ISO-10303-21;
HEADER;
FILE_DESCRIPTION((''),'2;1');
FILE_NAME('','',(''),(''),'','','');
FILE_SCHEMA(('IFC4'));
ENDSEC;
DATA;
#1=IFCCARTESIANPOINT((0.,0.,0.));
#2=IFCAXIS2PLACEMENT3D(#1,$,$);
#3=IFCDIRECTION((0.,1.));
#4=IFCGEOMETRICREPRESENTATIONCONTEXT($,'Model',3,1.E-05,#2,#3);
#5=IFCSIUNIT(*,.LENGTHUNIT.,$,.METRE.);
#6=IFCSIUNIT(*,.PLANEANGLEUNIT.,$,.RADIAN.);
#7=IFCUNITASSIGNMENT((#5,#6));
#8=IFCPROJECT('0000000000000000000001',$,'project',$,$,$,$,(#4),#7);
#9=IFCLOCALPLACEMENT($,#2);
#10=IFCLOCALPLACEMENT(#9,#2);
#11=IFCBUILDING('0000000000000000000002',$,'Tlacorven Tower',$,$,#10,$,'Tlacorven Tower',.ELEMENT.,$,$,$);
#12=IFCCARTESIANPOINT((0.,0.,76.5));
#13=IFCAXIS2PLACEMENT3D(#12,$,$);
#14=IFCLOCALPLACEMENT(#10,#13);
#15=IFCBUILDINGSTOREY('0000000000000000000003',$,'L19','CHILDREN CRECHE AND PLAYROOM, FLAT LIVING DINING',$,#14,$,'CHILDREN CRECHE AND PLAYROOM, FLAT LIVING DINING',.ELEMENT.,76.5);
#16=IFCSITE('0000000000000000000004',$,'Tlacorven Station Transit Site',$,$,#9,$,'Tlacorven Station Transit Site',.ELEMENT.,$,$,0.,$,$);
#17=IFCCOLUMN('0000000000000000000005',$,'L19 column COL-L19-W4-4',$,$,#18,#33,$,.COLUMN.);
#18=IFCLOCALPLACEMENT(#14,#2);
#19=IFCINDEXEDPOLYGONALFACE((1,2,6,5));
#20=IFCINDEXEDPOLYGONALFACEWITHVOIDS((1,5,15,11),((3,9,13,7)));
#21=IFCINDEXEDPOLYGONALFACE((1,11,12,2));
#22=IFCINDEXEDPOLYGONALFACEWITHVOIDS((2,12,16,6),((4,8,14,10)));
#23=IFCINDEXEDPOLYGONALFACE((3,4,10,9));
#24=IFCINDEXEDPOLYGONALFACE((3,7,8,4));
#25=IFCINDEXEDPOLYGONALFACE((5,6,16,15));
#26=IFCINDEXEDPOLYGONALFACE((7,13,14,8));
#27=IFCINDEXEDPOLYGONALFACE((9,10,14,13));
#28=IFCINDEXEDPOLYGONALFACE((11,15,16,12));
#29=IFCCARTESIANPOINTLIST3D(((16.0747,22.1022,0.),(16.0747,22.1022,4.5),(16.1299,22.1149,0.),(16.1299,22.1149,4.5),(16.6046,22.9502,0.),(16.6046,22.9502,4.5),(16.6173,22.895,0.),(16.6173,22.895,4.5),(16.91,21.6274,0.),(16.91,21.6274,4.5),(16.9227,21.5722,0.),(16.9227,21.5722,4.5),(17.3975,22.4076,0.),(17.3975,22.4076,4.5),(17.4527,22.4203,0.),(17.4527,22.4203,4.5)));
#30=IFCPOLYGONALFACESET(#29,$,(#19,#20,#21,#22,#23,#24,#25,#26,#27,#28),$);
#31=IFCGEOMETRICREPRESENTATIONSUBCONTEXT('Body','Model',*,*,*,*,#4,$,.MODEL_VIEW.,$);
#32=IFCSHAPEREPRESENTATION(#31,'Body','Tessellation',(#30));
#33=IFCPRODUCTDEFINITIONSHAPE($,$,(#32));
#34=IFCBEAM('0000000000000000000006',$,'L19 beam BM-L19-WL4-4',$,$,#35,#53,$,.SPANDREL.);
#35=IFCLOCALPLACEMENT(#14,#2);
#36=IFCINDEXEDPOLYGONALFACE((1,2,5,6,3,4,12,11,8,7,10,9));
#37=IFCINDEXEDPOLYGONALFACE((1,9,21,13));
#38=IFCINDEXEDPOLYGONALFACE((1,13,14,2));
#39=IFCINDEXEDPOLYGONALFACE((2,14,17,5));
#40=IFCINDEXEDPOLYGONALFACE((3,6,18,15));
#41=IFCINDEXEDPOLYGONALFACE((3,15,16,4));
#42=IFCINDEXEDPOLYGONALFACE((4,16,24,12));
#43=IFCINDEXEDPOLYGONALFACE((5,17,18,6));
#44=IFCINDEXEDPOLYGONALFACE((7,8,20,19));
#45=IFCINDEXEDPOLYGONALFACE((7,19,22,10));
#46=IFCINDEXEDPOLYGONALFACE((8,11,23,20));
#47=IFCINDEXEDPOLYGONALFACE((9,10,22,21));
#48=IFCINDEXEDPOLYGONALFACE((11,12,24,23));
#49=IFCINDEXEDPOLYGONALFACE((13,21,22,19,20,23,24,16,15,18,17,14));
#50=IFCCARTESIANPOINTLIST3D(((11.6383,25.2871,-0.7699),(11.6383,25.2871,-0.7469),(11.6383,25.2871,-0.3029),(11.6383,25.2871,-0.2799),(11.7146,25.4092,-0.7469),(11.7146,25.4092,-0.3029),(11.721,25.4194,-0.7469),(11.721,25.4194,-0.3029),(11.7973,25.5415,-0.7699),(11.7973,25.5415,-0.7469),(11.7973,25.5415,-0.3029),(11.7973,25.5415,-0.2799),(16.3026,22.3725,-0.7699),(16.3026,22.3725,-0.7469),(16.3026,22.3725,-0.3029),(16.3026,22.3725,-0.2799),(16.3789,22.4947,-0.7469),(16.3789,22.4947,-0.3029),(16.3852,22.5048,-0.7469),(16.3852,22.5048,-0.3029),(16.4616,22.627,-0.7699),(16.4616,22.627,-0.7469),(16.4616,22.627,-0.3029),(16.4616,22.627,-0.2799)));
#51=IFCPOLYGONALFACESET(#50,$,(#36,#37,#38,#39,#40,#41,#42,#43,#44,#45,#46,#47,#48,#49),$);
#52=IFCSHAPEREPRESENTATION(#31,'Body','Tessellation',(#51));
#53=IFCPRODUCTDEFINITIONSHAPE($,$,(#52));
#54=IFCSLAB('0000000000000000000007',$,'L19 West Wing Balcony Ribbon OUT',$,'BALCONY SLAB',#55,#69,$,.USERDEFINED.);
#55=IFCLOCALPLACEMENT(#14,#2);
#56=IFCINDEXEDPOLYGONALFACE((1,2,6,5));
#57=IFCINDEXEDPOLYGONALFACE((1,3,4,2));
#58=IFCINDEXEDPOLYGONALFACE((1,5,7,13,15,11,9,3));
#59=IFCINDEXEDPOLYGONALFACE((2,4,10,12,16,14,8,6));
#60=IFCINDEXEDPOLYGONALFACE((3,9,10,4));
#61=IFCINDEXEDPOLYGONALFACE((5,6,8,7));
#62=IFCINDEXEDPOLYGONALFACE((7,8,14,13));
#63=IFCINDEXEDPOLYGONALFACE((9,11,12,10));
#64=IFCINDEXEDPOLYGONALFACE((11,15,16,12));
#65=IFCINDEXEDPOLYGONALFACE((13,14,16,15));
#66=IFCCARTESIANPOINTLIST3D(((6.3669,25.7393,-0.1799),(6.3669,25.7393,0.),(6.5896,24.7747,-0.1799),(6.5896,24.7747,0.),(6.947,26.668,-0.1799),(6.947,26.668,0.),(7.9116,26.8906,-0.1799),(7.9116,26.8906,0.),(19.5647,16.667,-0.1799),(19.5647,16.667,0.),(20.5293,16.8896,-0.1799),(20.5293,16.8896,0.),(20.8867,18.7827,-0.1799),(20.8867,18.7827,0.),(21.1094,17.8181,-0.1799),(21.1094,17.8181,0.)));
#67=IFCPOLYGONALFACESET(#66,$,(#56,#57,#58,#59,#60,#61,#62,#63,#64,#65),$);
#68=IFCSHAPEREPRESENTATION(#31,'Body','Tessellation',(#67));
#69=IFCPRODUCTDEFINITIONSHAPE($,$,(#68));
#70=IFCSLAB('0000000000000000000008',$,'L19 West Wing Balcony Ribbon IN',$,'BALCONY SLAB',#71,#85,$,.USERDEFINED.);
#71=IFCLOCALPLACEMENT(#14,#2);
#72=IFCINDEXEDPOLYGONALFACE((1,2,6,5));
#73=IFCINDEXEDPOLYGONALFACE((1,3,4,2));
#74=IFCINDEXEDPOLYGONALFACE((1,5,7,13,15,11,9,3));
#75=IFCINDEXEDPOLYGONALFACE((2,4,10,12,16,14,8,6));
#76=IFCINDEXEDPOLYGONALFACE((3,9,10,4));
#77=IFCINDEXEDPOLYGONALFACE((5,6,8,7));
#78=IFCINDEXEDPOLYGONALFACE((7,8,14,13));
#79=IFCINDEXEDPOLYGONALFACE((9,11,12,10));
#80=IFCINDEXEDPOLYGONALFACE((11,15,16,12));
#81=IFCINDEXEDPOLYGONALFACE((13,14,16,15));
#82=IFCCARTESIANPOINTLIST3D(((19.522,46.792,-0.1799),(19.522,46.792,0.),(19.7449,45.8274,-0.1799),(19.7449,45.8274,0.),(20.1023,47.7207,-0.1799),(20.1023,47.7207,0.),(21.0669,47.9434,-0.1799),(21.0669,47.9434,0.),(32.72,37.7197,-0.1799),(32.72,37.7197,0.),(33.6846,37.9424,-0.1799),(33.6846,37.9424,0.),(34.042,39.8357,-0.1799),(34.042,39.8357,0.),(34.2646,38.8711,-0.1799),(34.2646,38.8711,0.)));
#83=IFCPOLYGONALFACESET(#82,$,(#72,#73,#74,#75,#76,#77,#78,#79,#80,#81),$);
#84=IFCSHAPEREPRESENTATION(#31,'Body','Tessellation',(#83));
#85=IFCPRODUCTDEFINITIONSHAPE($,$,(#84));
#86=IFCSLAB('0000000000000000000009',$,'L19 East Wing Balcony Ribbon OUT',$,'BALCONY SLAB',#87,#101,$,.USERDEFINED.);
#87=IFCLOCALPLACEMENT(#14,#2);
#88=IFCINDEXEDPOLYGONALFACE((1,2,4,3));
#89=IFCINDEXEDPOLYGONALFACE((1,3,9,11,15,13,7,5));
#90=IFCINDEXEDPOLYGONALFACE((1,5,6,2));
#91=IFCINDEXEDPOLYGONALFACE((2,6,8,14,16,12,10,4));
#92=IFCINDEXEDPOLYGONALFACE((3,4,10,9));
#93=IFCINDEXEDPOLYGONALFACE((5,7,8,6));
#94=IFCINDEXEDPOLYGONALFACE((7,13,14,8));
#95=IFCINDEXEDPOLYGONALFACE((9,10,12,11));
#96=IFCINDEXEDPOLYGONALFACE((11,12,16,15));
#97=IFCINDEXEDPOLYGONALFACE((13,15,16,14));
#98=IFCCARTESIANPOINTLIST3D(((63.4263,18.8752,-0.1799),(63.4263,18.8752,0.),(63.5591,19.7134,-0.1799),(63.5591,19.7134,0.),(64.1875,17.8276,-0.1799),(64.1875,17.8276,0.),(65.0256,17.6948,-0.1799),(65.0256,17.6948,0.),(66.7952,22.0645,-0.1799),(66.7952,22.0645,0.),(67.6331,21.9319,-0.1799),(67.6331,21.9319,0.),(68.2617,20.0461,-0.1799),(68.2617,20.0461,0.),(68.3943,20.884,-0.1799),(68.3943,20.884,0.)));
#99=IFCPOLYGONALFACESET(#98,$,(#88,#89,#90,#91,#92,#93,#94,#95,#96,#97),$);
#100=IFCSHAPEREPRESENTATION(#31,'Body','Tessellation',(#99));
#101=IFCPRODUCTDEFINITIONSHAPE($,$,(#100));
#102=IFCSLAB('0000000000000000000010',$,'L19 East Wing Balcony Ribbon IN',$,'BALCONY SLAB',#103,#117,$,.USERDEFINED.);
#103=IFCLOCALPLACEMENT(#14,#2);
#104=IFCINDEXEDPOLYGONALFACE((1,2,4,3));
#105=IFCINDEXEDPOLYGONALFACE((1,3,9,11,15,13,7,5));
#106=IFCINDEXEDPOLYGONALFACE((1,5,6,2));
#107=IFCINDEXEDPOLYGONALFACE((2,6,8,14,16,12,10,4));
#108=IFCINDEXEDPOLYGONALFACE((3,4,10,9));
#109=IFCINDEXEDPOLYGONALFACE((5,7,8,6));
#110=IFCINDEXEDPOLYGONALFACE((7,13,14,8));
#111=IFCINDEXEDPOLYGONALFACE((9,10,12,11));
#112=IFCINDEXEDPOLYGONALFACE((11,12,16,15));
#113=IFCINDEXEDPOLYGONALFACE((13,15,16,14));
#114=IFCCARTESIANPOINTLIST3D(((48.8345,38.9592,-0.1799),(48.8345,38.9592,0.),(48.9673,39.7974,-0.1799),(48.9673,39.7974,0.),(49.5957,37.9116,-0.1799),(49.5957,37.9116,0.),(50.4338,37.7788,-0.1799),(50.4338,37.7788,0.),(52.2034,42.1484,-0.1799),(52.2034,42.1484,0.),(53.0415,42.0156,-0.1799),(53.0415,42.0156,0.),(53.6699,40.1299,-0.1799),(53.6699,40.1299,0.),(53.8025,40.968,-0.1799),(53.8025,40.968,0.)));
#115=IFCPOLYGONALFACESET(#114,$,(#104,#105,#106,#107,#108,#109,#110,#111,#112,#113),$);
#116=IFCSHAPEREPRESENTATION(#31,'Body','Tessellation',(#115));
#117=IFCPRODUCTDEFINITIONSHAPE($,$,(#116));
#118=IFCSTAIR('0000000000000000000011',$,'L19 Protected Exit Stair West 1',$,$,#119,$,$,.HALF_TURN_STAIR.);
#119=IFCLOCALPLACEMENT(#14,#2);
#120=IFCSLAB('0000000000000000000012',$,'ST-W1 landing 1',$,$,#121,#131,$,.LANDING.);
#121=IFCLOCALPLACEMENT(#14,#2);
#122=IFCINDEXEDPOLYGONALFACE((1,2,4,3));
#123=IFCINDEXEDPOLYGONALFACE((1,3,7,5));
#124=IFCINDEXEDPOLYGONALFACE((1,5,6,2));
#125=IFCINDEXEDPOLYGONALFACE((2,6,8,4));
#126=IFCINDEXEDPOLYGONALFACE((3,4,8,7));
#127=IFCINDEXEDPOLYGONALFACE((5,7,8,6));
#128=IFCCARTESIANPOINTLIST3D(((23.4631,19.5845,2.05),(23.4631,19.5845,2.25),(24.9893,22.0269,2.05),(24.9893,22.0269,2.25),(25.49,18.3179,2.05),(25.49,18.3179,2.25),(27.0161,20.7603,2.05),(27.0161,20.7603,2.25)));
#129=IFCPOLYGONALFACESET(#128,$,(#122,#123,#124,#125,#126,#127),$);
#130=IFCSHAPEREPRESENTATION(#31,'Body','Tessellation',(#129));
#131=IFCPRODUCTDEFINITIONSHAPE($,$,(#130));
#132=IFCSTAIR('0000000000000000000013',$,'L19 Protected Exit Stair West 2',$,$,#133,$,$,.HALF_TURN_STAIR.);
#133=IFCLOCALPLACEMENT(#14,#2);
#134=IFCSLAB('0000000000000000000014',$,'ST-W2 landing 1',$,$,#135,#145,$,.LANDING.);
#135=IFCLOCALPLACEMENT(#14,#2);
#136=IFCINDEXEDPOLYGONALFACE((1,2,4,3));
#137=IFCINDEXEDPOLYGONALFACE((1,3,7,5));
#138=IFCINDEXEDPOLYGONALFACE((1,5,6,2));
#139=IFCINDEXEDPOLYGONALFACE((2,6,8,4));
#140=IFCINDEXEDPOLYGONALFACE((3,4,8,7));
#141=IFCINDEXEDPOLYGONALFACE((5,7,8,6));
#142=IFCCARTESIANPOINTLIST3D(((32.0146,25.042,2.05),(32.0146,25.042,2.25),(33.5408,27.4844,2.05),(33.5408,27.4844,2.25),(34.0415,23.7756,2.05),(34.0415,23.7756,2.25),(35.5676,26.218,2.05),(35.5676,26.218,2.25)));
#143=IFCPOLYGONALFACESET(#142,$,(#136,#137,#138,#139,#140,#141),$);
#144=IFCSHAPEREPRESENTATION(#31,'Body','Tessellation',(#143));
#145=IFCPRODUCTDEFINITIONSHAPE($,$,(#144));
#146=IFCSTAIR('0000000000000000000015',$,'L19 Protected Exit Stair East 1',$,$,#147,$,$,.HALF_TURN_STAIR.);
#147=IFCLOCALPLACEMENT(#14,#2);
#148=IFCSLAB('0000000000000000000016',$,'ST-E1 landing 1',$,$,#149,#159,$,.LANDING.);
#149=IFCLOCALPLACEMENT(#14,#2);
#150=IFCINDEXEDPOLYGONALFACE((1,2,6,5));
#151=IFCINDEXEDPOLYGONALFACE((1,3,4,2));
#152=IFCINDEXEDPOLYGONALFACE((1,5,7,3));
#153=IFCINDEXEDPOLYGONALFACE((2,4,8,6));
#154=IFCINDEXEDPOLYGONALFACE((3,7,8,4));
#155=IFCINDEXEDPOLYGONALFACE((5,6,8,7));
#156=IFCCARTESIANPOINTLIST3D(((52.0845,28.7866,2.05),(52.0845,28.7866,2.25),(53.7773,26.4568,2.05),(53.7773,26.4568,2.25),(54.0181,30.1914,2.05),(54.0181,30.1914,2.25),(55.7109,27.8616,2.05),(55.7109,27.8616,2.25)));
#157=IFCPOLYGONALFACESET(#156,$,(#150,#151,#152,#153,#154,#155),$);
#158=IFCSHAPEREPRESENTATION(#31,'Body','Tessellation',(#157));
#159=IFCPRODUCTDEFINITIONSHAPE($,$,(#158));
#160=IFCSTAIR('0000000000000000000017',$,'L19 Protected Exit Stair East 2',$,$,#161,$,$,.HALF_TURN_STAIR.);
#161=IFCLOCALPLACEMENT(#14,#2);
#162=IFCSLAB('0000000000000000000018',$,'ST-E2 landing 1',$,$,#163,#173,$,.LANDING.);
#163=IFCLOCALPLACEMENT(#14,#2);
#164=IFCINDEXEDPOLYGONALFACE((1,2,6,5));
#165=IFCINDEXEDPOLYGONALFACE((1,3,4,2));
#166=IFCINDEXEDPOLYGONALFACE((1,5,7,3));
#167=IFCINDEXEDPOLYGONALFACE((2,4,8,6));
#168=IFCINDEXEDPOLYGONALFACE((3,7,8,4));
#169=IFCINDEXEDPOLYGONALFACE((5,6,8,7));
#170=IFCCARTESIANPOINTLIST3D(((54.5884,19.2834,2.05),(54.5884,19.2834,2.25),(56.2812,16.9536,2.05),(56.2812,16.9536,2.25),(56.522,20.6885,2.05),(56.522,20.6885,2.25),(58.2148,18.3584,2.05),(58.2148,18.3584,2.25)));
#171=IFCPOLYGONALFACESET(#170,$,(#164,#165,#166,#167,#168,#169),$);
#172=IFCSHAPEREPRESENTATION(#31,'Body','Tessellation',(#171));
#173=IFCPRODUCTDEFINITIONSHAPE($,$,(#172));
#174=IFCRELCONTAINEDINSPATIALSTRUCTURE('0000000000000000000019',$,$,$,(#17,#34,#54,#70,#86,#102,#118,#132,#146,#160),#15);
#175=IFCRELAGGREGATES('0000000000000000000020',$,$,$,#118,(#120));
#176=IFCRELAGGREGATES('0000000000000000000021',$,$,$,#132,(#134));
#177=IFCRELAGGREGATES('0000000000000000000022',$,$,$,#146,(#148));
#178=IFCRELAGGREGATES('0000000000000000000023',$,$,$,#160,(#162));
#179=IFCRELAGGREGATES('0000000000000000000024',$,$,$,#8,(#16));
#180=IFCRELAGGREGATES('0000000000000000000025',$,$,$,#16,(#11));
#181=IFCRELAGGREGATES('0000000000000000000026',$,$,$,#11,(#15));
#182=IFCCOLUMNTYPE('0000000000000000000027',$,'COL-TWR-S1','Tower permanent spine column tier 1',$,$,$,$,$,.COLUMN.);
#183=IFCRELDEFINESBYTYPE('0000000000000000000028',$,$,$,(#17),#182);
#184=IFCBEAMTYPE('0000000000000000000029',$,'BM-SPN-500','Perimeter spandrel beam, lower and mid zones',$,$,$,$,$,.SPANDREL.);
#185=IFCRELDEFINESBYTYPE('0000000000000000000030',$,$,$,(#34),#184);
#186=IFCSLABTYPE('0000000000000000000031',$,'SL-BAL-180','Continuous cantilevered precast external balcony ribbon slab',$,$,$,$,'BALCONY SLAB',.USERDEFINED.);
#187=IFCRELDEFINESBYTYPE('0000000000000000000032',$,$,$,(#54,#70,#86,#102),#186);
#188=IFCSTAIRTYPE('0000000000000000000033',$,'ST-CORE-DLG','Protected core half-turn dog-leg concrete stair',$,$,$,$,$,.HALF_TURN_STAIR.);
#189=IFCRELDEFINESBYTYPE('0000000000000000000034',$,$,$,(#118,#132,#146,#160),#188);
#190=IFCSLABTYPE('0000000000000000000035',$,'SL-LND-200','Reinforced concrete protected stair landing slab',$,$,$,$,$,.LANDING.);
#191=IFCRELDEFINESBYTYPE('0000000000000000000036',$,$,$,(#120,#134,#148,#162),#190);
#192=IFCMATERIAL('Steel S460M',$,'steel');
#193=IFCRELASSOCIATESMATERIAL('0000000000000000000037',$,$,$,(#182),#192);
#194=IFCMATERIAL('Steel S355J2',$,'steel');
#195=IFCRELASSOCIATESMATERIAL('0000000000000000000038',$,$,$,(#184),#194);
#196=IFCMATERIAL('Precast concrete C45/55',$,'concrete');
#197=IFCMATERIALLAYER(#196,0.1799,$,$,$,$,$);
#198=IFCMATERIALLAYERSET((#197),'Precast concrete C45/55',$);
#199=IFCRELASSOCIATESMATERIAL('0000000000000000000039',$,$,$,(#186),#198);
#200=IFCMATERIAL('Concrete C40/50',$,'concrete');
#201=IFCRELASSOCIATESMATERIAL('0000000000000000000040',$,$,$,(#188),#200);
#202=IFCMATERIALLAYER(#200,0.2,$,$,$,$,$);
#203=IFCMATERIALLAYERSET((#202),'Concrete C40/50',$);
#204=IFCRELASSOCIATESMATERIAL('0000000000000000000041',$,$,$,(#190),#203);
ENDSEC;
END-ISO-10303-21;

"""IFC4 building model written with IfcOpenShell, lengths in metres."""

from ifc_helpers import new_model, si_unit, direction, frame, origin, origin_2d, place, context, subcontext, project, spatial, polyline, hollow_rectangle, i_section, outline, extrude, source, transform, mapped, material, layer, layer_set, material_profile, profile_set, type_object, element, aggregate, save


model = new_model("IFC4")

# Units and contexts
model_context = context("Model", 3, precision=1e-05, world=origin(), true_north=direction((0.0, 1.0)))
body_context = subcontext(model_context, "Body", "Model", "MODEL_VIEW")
ifc_project = project(units=[si_unit("LENGTHUNIT", "METRE"), si_unit("PLANEANGLEUNIT", "RADIAN")], contexts=[model_context])

# Site, building, storey
site_placement = place(None, origin())
site = spatial("IfcSite", under=ifc_project, at=site_placement, Name="Tlacorven Station Transit Site", LongName="Tlacorven Station Transit Site", CompositionType="ELEMENT", RefElevation=0.0)
building_placement = place(site_placement, origin())
building = spatial("IfcBuilding", under=site, at=building_placement, Name="Tlacorven Tower", LongName="Tlacorven Tower", CompositionType="ELEMENT")
storey_placement = place(building_placement, frame((0.0, 0.0, 76.5)))
storey = spatial("IfcBuildingStorey", under=building, at=storey_placement, Name="L19", Description="CHILDREN CRECHE AND PLAYROOM, FLAT LIVING DINING", LongName="CHILDREN CRECHE AND PLAYROOM, FLAT LIVING DINING", CompositionType="ELEMENT", Elevation=76.5)

# Column
ifc_material_1 = material(Name="Steel S460M", Category="steel")
ifc_material_profile_1 = material_profile(ifc_material_1, hollow_rectangle(XDim=1.0, YDim=1.0, WallThickness=0.04, at=origin_2d()), Name="BOX 1000X1000X40")
ifc_profile_set_1 = profile_set([ifc_material_profile_1], Name="Steel S460M")
column_type = type_object("IfcColumnType", Name="COL-TWR-S1", Description="Tower permanent spine column tier 1", PredefinedType="COLUMN", material=ifc_profile_set_1)
shared_shape_1 = source(origin(), body_context, "Body", "SweptSolid", [
    extrude(hollow_rectangle(XDim=1.0, YDim=1.0, WallThickness=0.04, at=origin_2d()), origin(), (0.0, 0.0, 1.0), 4.5),
])
column_placement = place(storey_placement, frame((16.7637, 22.2612, 0.0), z_axis=(0.0, 0.0, 1.0), x_axis=(-0.848048, 0.529919, 0.0)))
element("IfcColumn", 1, at=column_placement, inside=storey, type_object=column_type, Name="L19 column COL-L19-W4-4", PredefinedType="COLUMN", context=body_context, shape_type="MappedRepresentation", body=[
    mapped(shared_shape_1, transform((0.0, 0.0, 0.0), scale=1.0)),
])

# Beam
ifc_material_2 = material(Name="Steel S355J2", Category="steel")
ifc_material_profile_2 = material_profile(ifc_material_2, i_section(OverallWidth=0.3, OverallDepth=0.49, WebThickness=0.012, FlangeThickness=0.0229, at=origin_2d()), Name="HEA 500")
ifc_profile_set_2 = profile_set([ifc_material_profile_2], Name="Steel S355J2")
beam_type = type_object("IfcBeamType", Name="BM-SPN-500", Description="Perimeter spandrel beam, lower and mid zones", PredefinedType="SPANDREL", material=ifc_profile_set_2)
shared_shape_2 = source(origin(), body_context, "Body", "SweptSolid", [
    extrude(i_section(OverallWidth=0.3, OverallDepth=0.49, WebThickness=0.012, FlangeThickness=0.0229, at=origin_2d()), origin(), (0.0, 0.0, 1.0), 5.5),
])
beam_placement = place(storey_placement, frame((16.3821, 22.4998, -0.5249), z_axis=(-0.848051, 0.529915, 0.0), x_axis=(-0.529915, -0.848051, 0.0)))
element("IfcBeam", 2, at=beam_placement, inside=storey, type_object=beam_type, Name="L19 beam BM-L19-WL4-4", PredefinedType="SPANDREL", context=body_context, shape_type="MappedRepresentation", body=[
    mapped(shared_shape_2, transform((0.0, 0.0, 0.0), scale=1.0)),
])

# Slabs
ifc_material_3 = material(Name="Precast concrete C45/55", Category="concrete")
ifc_layer_1 = layer(ifc_material_3, 0.1799)
ifc_layer_set_1 = layer_set([ifc_layer_1], Name="Precast concrete C45/55")
slab_type_1 = type_object("IfcSlabType", Name="SL-BAL-180", Description="Continuous cantilevered precast external balcony ribbon slab", ElementType="BALCONY SLAB", PredefinedType="USERDEFINED", material=ifc_layer_set_1)
slab_1_placement = place(storey_placement, frame((0.0, 0.0, -0.1799)))
element("IfcSlab", 3, at=slab_1_placement, inside=storey, type_object=slab_type_1, Name="L19 West Wing Balcony Ribbon OUT", ObjectType="BALCONY SLAB", PredefinedType="USERDEFINED", context=body_context, shape_type="SweptSolid", body=[
    extrude(outline(polyline([(20.8867, 18.7827), (7.9116, 26.8906), (6.947, 26.668), (6.3669, 25.7393), (6.5896, 24.7747), (19.5647, 16.667), (20.5293, 16.8896), (21.1094, 17.8181), (20.8867, 18.7827)])), origin(), (0.0, 0.0, 1.0), 0.1799),
])
slab_2_placement = place(storey_placement, frame((0.0, 0.0, -0.1799)))
element("IfcSlab", 4, at=slab_2_placement, inside=storey, type_object=slab_type_1, Name="L19 West Wing Balcony Ribbon IN", ObjectType="BALCONY SLAB", PredefinedType="USERDEFINED", context=body_context, shape_type="SweptSolid", body=[
    extrude(outline(polyline([(34.042, 39.8357), (21.0669, 47.9434), (20.1023, 47.7207), (19.522, 46.792), (19.7449, 45.8274), (32.72, 37.7197), (33.6846, 37.9424), (34.2646, 38.8711), (34.042, 39.8357)])), origin(), (0.0, 0.0, 1.0), 0.1799),
])
slab_3_placement = place(storey_placement, frame((0.0, 0.0, -0.1799)))
element("IfcSlab", 5, at=slab_3_placement, inside=storey, type_object=slab_type_1, Name="L19 East Wing Balcony Ribbon OUT", ObjectType="BALCONY SLAB", PredefinedType="USERDEFINED", context=body_context, shape_type="SweptSolid", body=[
    extrude(outline(polyline([(65.0256, 17.6948), (68.2617, 20.0461), (68.3943, 20.884), (67.6331, 21.9319), (66.7952, 22.0645), (63.5591, 19.7134), (63.4263, 18.8752), (64.1875, 17.8276), (65.0256, 17.6948)])), origin(), (0.0, 0.0, 1.0), 0.1799),
])
slab_4_placement = place(storey_placement, frame((0.0, 0.0, -0.1799)))
element("IfcSlab", 6, at=slab_4_placement, inside=storey, type_object=slab_type_1, Name="L19 East Wing Balcony Ribbon IN", ObjectType="BALCONY SLAB", PredefinedType="USERDEFINED", context=body_context, shape_type="SweptSolid", body=[
    extrude(outline(polyline([(50.4338, 37.7788), (53.6699, 40.1299), (53.8025, 40.968), (53.0415, 42.0156), (52.2034, 42.1484), (48.9673, 39.7974), (48.8345, 38.9592), (49.5957, 37.9116), (50.4338, 37.7788)])), origin(), (0.0, 0.0, 1.0), 0.1799),
])

# Stairs, slabs
ifc_material_4 = material(Name="Concrete C40/50", Category="concrete")
stair_type = type_object("IfcStairType", Name="ST-CORE-DLG", Description="Protected core half-turn dog-leg concrete stair", PredefinedType="HALF_TURN_STAIR", material=ifc_material_4)
stair_1_placement = place(storey_placement, origin())
stair_1 = element("IfcStair", 7, at=stair_1_placement, inside=storey, type_object=stair_type, Name="L19 Protected Exit Stair West 1", PredefinedType="HALF_TURN_STAIR")
ifc_layer_2 = layer(ifc_material_4, 0.2)
ifc_layer_set_2 = layer_set([ifc_layer_2], Name="Concrete C40/50")
slab_type_2 = type_object("IfcSlabType", Name="SL-LND-200", Description="Reinforced concrete protected stair landing slab", PredefinedType="LANDING", material=ifc_layer_set_2)
slab_5_placement = place(storey_placement, frame((0.0, 0.0, 2.05)))
slab_5 = element("IfcSlab", 8, at=slab_5_placement, type_object=slab_type_2, Name="ST-W1 landing 1", PredefinedType="LANDING", context=body_context, shape_type="SweptSolid", body=[
    extrude(outline(polyline([(27.0161, 20.7603), (24.9893, 22.0269), (23.4631, 19.5845), (25.49, 18.3179), (27.0161, 20.7603)])), origin(), (0.0, 0.0, 1.0), 0.2),
])
aggregate(stair_1, [slab_5])
stair_2_placement = place(storey_placement, origin())
stair_2 = element("IfcStair", 9, at=stair_2_placement, inside=storey, type_object=stair_type, Name="L19 Protected Exit Stair West 2", PredefinedType="HALF_TURN_STAIR")
slab_6_placement = place(storey_placement, frame((0.0, 0.0, 2.05)))
slab_6 = element("IfcSlab", 10, at=slab_6_placement, type_object=slab_type_2, Name="ST-W2 landing 1", PredefinedType="LANDING", context=body_context, shape_type="SweptSolid", body=[
    extrude(outline(polyline([(35.5676, 26.218), (33.5408, 27.4844), (32.0146, 25.042), (34.0415, 23.7756), (35.5676, 26.218)])), origin(), (0.0, 0.0, 1.0), 0.2),
])
aggregate(stair_2, [slab_6])
stair_3_placement = place(storey_placement, origin())
stair_3 = element("IfcStair", 11, at=stair_3_placement, inside=storey, type_object=stair_type, Name="L19 Protected Exit Stair East 1", PredefinedType="HALF_TURN_STAIR")
slab_7_placement = place(storey_placement, frame((0.0, 0.0, 2.05)))
slab_7 = element("IfcSlab", 12, at=slab_7_placement, type_object=slab_type_2, Name="ST-E1 landing 1", PredefinedType="LANDING", context=body_context, shape_type="SweptSolid", body=[
    extrude(outline(polyline([(53.7773, 26.4568), (55.7109, 27.8616), (54.0181, 30.1914), (52.0845, 28.7866), (53.7773, 26.4568)])), origin(), (0.0, 0.0, 1.0), 0.2),
])
aggregate(stair_3, [slab_7])
stair_4_placement = place(storey_placement, origin())
stair_4 = element("IfcStair", 13, at=stair_4_placement, inside=storey, type_object=stair_type, Name="L19 Protected Exit Stair East 2", PredefinedType="HALF_TURN_STAIR")
slab_8_placement = place(storey_placement, frame((0.0, 0.0, 2.05)))
slab_8 = element("IfcSlab", 14, at=slab_8_placement, type_object=slab_type_2, Name="ST-E2 landing 1", PredefinedType="LANDING", context=body_context, shape_type="SweptSolid", body=[
    extrude(outline(polyline([(56.2812, 16.9536), (58.2148, 18.3584), (56.522, 20.6885), (54.5884, 19.2834), (56.2812, 16.9536)])), origin(), (0.0, 0.0, 1.0), 0.2),
])
aggregate(stair_4, [slab_8])

save(model, "model.ifc")
